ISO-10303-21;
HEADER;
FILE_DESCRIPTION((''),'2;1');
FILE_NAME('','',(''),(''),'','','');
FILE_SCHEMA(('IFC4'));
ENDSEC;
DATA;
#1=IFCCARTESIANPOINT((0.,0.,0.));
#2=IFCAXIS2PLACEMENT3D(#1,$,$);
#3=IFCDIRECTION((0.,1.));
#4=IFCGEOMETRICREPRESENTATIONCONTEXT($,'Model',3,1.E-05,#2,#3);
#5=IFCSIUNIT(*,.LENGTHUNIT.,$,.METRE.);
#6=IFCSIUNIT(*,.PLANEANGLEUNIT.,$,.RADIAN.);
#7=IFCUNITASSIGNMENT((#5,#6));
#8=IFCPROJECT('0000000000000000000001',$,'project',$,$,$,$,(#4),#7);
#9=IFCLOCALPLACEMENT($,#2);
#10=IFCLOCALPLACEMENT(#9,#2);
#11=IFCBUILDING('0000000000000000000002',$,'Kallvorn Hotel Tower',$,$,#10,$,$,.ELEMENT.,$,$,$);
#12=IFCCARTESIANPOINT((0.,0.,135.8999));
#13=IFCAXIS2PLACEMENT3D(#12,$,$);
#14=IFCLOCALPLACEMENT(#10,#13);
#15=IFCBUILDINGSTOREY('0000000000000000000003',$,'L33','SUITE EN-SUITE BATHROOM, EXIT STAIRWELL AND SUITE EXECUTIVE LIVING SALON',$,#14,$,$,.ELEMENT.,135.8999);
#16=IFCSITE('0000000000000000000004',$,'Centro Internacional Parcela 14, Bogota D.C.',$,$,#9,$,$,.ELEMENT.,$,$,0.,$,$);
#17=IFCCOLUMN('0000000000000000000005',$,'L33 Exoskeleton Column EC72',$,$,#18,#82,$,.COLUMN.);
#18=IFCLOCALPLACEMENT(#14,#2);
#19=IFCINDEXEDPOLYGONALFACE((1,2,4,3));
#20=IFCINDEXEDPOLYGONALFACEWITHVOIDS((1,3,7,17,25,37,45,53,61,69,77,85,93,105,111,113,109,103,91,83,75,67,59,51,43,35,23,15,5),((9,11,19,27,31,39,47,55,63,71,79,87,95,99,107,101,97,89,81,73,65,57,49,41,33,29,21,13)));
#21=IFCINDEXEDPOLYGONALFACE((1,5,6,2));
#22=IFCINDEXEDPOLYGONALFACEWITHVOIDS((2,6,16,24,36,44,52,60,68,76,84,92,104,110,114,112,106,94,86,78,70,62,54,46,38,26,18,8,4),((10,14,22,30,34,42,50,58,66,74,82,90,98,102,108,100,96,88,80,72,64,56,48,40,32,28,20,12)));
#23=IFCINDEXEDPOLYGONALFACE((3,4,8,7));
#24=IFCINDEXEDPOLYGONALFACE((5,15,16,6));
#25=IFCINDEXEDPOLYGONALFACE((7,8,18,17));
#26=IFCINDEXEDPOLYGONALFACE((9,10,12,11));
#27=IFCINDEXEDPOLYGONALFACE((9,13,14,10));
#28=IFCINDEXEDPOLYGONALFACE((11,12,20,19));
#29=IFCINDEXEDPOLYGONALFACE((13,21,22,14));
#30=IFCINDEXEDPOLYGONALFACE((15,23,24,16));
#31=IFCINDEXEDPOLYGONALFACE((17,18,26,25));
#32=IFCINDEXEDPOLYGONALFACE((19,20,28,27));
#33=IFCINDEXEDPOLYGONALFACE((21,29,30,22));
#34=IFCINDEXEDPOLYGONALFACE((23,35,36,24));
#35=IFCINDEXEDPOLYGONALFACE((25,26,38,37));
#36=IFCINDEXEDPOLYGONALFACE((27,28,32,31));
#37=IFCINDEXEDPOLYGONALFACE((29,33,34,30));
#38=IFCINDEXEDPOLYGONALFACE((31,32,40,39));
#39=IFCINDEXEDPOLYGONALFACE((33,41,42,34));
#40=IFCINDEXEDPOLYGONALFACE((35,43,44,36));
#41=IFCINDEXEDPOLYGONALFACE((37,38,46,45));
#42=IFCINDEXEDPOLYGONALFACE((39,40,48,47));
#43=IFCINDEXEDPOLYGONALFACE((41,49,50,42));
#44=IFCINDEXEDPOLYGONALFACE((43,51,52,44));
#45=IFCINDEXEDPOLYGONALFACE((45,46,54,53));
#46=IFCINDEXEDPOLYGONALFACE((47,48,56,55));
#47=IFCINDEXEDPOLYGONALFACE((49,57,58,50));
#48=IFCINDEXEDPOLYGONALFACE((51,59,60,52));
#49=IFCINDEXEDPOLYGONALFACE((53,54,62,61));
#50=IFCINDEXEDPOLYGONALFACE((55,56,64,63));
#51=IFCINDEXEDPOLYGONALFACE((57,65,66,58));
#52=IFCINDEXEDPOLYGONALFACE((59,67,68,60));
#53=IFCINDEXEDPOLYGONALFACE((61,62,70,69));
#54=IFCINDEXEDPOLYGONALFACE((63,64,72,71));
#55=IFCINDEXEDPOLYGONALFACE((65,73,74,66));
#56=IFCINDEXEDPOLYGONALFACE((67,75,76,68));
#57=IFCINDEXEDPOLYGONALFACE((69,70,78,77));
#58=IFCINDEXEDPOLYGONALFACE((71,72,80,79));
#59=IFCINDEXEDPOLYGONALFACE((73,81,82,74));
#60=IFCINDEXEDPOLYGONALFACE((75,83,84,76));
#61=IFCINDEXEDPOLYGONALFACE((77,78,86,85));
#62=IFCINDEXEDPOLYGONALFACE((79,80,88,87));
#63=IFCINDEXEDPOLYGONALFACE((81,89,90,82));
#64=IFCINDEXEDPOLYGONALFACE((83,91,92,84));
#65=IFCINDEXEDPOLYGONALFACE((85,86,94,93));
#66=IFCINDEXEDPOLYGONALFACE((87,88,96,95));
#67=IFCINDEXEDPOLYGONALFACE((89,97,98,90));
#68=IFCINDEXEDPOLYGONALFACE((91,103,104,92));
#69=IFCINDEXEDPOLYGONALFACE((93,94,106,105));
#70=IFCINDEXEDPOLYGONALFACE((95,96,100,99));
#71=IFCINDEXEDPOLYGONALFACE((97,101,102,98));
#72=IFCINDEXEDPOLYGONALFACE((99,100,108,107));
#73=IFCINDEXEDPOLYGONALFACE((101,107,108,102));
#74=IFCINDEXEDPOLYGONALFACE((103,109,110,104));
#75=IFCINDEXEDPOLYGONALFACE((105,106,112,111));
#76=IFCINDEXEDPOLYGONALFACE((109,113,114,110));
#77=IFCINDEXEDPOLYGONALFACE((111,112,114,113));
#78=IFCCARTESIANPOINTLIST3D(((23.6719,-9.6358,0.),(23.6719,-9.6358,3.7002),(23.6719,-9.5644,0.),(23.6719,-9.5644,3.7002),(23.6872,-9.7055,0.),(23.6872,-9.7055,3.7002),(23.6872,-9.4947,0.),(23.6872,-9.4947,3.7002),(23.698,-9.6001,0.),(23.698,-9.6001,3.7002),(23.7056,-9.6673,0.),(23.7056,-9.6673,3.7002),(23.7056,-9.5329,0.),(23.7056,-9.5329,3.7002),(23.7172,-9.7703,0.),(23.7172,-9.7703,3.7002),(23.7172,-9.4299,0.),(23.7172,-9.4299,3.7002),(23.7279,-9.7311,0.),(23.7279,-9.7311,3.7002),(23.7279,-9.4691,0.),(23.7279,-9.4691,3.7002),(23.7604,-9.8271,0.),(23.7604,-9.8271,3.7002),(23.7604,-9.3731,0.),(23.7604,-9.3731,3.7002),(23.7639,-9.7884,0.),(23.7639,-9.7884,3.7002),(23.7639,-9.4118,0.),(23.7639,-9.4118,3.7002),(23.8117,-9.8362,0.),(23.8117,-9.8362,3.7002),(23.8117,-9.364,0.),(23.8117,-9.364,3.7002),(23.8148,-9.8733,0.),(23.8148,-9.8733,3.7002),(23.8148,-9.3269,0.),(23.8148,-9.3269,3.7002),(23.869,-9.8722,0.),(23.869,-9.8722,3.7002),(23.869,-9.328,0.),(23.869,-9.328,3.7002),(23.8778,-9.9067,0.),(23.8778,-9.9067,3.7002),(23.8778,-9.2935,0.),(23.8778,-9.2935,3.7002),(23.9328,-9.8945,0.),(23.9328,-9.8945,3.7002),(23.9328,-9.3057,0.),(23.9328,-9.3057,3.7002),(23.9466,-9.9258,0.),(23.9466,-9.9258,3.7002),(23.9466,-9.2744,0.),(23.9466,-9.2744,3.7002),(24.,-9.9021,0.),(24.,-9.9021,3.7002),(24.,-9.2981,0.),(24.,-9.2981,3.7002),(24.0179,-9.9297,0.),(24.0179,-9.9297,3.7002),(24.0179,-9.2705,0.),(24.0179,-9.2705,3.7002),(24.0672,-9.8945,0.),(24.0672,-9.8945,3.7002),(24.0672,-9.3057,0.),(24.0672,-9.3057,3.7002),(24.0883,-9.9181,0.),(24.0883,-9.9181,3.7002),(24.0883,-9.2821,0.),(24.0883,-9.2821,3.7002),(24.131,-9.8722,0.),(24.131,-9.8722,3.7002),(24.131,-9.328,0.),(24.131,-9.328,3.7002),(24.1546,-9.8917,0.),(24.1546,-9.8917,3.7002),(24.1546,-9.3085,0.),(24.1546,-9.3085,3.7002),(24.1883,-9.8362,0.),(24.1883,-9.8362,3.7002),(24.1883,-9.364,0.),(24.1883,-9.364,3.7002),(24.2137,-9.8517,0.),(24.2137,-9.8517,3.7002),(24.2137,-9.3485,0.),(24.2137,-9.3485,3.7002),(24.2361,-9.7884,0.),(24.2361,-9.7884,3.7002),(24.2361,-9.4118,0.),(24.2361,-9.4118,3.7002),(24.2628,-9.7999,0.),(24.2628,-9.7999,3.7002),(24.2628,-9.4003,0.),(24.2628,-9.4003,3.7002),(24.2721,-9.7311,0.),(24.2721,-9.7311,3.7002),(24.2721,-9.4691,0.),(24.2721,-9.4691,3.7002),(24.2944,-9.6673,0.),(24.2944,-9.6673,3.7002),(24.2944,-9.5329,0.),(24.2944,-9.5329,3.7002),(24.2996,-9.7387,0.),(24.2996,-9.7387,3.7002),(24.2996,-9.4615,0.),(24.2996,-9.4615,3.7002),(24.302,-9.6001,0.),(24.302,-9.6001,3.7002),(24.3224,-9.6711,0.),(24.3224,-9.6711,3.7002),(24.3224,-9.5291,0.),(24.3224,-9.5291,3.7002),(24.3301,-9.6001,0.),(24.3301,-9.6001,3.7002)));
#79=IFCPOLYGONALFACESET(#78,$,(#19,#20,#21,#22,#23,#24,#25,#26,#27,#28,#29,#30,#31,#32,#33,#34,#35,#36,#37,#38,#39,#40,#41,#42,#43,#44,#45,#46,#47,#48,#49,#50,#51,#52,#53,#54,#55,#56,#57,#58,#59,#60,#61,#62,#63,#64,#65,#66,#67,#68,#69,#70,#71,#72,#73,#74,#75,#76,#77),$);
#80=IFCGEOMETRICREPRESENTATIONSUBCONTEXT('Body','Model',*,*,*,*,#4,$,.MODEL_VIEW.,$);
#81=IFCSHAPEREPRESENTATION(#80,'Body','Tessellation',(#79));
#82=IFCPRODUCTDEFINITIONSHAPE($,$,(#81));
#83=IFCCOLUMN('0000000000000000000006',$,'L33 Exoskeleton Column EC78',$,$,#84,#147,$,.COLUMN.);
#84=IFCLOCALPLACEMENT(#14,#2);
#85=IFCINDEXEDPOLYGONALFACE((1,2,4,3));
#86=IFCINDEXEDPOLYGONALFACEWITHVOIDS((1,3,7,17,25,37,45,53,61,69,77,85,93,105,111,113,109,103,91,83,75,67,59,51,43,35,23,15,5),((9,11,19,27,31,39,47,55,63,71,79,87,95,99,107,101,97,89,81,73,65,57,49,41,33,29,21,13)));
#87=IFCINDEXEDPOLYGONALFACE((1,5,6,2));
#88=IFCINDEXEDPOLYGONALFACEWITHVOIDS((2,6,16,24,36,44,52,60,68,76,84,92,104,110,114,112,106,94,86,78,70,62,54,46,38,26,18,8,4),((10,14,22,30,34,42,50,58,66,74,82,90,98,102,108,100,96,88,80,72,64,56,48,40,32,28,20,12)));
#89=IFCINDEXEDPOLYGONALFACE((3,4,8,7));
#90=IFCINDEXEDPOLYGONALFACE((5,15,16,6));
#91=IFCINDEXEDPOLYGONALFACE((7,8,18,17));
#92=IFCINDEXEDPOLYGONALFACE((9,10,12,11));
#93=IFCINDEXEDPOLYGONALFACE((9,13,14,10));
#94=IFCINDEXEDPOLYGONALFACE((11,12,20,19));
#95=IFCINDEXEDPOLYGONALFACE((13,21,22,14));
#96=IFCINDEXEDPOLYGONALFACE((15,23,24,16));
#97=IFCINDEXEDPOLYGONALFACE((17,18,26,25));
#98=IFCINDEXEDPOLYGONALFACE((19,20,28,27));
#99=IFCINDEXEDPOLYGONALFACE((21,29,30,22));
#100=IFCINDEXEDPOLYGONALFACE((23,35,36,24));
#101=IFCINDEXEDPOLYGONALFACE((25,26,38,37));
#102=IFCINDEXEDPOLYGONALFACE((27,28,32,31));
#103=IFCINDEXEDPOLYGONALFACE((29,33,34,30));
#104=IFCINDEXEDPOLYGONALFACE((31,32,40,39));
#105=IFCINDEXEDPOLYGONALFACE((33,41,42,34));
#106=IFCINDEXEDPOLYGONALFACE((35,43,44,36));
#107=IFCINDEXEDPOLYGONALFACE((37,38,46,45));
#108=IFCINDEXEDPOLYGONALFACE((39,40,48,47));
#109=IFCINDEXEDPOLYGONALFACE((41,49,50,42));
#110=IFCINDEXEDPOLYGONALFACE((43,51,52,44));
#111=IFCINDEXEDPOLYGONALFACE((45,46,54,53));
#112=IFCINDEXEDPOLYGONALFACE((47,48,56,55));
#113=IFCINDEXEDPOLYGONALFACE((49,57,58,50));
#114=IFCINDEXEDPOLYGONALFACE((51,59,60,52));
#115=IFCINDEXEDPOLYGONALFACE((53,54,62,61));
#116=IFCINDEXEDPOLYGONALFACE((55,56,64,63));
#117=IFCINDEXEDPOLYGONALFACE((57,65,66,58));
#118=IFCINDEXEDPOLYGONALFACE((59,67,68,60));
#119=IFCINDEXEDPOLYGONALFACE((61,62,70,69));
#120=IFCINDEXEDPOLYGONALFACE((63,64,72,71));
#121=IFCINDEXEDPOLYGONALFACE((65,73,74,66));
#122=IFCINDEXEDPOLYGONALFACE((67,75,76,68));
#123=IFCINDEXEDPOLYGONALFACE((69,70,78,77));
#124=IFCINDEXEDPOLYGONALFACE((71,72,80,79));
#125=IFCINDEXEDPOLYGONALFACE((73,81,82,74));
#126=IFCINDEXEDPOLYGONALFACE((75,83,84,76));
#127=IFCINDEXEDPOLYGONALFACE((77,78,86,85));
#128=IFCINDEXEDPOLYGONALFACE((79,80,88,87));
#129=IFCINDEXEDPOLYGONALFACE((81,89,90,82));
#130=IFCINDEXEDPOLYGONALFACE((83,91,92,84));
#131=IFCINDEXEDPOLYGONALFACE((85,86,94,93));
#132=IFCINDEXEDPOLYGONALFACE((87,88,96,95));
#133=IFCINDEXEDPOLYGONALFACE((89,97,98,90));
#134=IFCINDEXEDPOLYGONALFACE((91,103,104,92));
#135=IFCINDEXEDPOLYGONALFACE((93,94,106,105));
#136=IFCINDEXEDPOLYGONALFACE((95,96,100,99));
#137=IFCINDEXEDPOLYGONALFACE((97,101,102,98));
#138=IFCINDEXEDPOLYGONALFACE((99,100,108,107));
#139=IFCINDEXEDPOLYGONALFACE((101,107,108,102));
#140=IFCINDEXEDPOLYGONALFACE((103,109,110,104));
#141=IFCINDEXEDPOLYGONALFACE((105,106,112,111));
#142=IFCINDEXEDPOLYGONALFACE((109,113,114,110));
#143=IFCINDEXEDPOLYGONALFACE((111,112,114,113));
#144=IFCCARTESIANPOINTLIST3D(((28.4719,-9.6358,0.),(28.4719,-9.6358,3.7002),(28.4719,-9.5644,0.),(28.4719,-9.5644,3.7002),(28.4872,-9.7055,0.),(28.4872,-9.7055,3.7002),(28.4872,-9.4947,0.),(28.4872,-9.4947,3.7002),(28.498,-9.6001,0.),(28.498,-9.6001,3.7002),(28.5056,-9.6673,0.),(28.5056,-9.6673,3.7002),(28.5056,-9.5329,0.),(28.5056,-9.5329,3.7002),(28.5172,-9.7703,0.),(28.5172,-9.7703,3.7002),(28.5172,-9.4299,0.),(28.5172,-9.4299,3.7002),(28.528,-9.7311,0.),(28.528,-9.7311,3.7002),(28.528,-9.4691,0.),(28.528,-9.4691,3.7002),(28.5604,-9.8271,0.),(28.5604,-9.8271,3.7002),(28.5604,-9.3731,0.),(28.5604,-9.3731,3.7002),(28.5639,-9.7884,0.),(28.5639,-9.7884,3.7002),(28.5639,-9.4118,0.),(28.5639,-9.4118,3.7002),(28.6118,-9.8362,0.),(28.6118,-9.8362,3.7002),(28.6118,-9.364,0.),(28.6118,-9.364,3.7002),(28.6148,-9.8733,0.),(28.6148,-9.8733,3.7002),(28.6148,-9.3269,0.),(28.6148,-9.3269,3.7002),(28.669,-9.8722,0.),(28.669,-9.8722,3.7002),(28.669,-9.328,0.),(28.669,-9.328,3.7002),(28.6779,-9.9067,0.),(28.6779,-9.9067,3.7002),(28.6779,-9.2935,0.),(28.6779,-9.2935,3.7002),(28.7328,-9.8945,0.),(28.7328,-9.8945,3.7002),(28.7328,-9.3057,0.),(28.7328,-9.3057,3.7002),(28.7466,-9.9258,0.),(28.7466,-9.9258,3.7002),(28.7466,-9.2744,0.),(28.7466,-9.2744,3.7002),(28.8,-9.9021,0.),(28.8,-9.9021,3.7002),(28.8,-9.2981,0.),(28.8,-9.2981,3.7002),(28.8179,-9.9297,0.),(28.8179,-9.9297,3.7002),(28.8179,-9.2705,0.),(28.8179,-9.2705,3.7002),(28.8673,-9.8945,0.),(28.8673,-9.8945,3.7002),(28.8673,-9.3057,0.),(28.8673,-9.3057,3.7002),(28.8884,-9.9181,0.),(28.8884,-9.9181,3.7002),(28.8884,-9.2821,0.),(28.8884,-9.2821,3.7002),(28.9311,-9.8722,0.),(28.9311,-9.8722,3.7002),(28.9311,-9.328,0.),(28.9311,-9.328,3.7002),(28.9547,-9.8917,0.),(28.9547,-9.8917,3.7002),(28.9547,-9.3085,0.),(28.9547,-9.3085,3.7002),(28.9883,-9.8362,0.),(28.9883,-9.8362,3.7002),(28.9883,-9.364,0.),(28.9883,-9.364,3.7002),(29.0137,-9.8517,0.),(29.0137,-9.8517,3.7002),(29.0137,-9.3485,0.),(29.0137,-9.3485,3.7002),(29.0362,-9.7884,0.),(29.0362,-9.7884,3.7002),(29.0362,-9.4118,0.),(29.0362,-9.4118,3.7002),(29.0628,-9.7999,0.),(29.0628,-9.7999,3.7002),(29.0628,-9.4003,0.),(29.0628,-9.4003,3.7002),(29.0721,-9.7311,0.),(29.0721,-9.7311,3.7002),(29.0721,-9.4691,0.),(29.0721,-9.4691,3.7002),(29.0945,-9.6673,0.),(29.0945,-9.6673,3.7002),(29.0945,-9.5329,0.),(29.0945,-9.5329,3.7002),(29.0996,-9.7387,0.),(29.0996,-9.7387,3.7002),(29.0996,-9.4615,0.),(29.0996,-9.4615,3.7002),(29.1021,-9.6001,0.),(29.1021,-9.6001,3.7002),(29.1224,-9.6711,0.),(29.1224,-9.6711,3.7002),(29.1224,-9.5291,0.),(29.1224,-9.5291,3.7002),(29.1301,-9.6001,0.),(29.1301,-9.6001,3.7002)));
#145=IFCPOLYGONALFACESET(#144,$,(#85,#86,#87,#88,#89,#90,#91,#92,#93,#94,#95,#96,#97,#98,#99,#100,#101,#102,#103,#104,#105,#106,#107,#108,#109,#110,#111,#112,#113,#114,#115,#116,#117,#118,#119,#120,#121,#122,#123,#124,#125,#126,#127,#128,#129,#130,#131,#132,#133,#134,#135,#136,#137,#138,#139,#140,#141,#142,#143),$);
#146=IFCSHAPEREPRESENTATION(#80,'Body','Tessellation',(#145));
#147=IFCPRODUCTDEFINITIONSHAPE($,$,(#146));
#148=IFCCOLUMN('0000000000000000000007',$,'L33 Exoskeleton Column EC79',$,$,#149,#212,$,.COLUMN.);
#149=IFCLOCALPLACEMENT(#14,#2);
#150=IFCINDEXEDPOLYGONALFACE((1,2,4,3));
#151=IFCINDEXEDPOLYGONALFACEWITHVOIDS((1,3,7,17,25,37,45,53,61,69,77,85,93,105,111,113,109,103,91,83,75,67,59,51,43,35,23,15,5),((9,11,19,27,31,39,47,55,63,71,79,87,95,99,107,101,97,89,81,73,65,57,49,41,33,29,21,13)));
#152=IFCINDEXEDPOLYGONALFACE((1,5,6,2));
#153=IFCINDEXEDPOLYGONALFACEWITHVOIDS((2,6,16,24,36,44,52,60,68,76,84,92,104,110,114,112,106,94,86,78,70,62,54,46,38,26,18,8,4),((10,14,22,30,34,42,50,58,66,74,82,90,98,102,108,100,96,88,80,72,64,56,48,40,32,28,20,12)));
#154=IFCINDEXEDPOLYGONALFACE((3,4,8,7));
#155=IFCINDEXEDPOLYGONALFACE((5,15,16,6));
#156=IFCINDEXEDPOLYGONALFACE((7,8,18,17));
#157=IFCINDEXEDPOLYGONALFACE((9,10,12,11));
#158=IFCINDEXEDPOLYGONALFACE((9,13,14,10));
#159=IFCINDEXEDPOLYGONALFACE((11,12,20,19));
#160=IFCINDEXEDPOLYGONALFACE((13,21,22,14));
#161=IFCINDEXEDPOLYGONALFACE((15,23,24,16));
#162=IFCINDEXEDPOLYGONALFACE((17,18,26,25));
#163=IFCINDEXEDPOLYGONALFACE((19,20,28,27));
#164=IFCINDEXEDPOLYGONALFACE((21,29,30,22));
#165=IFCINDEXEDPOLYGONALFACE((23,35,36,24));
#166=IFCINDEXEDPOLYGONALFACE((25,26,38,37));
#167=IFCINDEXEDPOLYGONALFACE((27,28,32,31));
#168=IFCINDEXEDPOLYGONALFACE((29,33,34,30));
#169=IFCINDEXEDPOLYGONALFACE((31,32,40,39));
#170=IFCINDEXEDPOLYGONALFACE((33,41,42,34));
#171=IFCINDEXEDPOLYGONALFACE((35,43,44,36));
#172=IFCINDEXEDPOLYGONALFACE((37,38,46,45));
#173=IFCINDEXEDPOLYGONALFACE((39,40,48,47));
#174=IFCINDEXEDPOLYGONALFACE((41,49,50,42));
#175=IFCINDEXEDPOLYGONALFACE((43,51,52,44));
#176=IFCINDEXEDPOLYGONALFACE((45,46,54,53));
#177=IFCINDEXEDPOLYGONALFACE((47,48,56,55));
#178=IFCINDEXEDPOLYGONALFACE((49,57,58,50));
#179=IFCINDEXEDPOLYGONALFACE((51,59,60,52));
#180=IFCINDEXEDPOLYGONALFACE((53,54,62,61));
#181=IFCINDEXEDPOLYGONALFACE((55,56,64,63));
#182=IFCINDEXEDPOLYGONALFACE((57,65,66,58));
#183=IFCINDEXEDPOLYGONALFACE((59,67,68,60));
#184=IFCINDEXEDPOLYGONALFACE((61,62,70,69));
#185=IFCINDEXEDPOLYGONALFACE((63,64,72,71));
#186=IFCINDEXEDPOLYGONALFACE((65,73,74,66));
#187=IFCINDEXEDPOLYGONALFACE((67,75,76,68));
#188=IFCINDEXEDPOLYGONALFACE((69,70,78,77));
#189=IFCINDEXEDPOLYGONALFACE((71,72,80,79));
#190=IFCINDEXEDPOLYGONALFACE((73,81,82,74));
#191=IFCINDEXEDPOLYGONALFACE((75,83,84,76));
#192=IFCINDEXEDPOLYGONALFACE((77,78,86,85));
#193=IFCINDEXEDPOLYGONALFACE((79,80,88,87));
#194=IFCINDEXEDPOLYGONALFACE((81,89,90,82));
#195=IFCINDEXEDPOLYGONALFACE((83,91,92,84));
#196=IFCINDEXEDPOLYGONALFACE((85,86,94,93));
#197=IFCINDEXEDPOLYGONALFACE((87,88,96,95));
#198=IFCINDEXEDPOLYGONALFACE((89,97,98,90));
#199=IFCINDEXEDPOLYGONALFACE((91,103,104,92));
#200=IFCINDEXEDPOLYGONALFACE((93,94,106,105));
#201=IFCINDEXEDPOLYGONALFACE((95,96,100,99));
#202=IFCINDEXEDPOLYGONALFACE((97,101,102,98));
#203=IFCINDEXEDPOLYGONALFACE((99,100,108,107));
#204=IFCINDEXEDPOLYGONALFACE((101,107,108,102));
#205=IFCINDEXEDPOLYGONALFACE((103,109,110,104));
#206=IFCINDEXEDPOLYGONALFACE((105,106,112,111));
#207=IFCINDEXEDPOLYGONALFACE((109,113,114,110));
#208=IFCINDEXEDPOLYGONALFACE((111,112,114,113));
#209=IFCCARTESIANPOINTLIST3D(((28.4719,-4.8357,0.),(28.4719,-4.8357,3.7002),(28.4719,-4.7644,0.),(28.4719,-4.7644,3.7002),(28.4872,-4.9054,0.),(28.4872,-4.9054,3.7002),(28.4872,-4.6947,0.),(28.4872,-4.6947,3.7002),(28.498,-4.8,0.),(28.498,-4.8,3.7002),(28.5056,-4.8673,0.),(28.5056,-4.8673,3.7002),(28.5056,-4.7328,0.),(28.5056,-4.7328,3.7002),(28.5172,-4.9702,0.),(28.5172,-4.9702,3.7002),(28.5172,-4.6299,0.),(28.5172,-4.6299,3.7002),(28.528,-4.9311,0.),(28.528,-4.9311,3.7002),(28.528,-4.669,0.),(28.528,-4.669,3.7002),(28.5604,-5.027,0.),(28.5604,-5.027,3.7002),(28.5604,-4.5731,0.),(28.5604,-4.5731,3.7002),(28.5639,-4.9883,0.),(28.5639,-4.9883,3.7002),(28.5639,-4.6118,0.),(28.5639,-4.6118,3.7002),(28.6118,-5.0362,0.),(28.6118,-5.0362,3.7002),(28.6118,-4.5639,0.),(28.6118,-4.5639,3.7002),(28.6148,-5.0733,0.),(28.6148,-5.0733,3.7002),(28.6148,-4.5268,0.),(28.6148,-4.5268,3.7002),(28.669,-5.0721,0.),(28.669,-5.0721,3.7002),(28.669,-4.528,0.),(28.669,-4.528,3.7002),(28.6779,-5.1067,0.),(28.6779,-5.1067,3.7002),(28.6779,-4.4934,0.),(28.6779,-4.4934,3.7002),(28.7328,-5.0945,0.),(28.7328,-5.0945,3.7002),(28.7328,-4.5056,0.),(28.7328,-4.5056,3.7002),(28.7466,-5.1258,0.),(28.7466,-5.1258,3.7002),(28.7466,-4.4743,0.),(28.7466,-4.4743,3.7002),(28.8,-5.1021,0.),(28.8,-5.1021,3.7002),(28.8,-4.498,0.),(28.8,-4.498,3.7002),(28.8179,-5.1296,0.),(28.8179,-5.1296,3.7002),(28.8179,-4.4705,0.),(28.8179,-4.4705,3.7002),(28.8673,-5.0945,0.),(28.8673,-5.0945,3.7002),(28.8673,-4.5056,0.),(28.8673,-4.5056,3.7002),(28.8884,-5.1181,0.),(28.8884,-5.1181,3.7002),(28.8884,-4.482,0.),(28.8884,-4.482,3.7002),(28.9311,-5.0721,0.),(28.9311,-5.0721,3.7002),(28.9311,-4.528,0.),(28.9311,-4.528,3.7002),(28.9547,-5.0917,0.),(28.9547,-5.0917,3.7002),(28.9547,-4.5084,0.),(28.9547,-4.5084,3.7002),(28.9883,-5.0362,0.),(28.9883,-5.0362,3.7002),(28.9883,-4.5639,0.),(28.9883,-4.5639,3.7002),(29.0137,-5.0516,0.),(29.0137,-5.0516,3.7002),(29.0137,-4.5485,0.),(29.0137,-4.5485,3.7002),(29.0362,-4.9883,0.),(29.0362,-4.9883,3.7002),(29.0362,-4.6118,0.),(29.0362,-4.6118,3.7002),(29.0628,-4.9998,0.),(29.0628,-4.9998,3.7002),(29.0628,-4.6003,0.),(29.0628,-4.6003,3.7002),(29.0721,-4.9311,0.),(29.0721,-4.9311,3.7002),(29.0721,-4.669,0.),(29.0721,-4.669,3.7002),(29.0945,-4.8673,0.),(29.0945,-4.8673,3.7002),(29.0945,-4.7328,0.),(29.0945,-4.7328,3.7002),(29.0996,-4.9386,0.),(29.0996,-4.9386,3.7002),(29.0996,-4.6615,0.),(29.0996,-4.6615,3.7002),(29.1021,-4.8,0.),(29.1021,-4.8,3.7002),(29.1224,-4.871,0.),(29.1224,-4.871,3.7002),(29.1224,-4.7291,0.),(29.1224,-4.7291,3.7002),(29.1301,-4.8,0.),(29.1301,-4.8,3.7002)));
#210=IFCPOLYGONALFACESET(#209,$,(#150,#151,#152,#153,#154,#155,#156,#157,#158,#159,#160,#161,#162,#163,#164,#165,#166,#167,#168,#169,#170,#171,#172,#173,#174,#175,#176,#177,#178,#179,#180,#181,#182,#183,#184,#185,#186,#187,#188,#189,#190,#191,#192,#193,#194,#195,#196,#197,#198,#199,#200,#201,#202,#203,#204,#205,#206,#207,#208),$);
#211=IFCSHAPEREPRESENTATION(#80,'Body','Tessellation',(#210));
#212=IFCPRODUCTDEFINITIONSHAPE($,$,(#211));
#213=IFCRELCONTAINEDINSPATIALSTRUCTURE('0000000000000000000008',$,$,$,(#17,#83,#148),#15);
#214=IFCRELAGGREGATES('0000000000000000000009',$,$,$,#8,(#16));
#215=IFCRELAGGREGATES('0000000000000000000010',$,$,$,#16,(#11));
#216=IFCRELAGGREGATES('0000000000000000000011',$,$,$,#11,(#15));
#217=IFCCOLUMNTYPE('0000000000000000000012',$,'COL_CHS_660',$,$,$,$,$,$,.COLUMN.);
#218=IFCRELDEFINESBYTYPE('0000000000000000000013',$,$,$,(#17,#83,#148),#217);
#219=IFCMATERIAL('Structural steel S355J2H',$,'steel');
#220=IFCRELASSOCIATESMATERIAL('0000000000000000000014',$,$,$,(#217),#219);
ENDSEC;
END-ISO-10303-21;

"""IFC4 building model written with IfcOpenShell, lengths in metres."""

from ifc_helpers import new_model, si_unit, direction, frame, origin, origin_2d, place, context, subcontext, project, spatial, hollow_circle, extrude, material, material_profile, profile_set, type_object, element, save


model = new_model("IFC4")

# Units and contexts
model_context = context("Model", 3, precision=1e-05, world=origin(), true_north=direction((0.0, 1.0)))
body_context = subcontext(model_context, "Body", "Model", "MODEL_VIEW")
ifc_project = project(units=[si_unit("LENGTHUNIT", "METRE"), si_unit("PLANEANGLEUNIT", "RADIAN")], contexts=[model_context])

# Site, building, storey
site_placement = place(None, origin())
site = spatial("IfcSite", under=ifc_project, at=site_placement, Name="Centro Internacional Parcela 14, Bogota D.C.", CompositionType="ELEMENT", RefElevation=0.0)
building_placement = place(site_placement, origin())
building = spatial("IfcBuilding", under=site, at=building_placement, Name="Kallvorn Hotel Tower", CompositionType="ELEMENT")
storey_placement = place(building_placement, frame((0.0, 0.0, 135.8999)))
storey = spatial("IfcBuildingStorey", under=building, at=storey_placement, Name="L33", Description="SUITE EN-SUITE BATHROOM, EXIT STAIRWELL AND SUITE EXECUTIVE LIVING SALON", CompositionType="ELEMENT", Elevation=135.8999)

# Columns
ifc_material_1 = material(Name="Structural steel S355J2H", Category="steel")
ifc_material_profile_1 = material_profile(ifc_material_1, hollow_circle(Radius=0.3301, WallThickness=0.0281, at=origin_2d()), Name="CHS 660x28")
ifc_profile_set_1 = profile_set([ifc_material_profile_1], Name="Structural steel S355J2H")
column_type_1 = type_object("IfcColumnType", Name="COL_CHS_660", PredefinedType="COLUMN", material=ifc_profile_set_1)
for number, where, z_axis, x_axis, name in (
    (1, (24.0, -9.6001, 0.0), (0.0, 0.0, 1.0), (1.0, 0.0, 0.0), "L33 Exoskeleton Column EC72"),
    (2, (28.8, -9.6001, 0.0), (0.0, 0.0, 1.0), (1.0, 0.0, 0.0), "L33 Exoskeleton Column EC78"),
    (3, (28.8, -4.8, 0.0), (0.0, 0.0, 1.0), (1.0, 0.0, 0.0), "L33 Exoskeleton Column EC79"),
):
    element("IfcColumn", number, at=place(storey_placement, frame(where, z_axis=z_axis, x_axis=x_axis)), inside=storey, type_object=column_type_1, Name=name, PredefinedType="COLUMN", context=body_context, shape_type="SweptSolid", body=[
        extrude(hollow_circle(Radius=0.3301, WallThickness=0.0281, at=origin_2d()), origin(), (0.0, 0.0, 1.0), 3.7002),
    ])

save(model, "model.ifc")
